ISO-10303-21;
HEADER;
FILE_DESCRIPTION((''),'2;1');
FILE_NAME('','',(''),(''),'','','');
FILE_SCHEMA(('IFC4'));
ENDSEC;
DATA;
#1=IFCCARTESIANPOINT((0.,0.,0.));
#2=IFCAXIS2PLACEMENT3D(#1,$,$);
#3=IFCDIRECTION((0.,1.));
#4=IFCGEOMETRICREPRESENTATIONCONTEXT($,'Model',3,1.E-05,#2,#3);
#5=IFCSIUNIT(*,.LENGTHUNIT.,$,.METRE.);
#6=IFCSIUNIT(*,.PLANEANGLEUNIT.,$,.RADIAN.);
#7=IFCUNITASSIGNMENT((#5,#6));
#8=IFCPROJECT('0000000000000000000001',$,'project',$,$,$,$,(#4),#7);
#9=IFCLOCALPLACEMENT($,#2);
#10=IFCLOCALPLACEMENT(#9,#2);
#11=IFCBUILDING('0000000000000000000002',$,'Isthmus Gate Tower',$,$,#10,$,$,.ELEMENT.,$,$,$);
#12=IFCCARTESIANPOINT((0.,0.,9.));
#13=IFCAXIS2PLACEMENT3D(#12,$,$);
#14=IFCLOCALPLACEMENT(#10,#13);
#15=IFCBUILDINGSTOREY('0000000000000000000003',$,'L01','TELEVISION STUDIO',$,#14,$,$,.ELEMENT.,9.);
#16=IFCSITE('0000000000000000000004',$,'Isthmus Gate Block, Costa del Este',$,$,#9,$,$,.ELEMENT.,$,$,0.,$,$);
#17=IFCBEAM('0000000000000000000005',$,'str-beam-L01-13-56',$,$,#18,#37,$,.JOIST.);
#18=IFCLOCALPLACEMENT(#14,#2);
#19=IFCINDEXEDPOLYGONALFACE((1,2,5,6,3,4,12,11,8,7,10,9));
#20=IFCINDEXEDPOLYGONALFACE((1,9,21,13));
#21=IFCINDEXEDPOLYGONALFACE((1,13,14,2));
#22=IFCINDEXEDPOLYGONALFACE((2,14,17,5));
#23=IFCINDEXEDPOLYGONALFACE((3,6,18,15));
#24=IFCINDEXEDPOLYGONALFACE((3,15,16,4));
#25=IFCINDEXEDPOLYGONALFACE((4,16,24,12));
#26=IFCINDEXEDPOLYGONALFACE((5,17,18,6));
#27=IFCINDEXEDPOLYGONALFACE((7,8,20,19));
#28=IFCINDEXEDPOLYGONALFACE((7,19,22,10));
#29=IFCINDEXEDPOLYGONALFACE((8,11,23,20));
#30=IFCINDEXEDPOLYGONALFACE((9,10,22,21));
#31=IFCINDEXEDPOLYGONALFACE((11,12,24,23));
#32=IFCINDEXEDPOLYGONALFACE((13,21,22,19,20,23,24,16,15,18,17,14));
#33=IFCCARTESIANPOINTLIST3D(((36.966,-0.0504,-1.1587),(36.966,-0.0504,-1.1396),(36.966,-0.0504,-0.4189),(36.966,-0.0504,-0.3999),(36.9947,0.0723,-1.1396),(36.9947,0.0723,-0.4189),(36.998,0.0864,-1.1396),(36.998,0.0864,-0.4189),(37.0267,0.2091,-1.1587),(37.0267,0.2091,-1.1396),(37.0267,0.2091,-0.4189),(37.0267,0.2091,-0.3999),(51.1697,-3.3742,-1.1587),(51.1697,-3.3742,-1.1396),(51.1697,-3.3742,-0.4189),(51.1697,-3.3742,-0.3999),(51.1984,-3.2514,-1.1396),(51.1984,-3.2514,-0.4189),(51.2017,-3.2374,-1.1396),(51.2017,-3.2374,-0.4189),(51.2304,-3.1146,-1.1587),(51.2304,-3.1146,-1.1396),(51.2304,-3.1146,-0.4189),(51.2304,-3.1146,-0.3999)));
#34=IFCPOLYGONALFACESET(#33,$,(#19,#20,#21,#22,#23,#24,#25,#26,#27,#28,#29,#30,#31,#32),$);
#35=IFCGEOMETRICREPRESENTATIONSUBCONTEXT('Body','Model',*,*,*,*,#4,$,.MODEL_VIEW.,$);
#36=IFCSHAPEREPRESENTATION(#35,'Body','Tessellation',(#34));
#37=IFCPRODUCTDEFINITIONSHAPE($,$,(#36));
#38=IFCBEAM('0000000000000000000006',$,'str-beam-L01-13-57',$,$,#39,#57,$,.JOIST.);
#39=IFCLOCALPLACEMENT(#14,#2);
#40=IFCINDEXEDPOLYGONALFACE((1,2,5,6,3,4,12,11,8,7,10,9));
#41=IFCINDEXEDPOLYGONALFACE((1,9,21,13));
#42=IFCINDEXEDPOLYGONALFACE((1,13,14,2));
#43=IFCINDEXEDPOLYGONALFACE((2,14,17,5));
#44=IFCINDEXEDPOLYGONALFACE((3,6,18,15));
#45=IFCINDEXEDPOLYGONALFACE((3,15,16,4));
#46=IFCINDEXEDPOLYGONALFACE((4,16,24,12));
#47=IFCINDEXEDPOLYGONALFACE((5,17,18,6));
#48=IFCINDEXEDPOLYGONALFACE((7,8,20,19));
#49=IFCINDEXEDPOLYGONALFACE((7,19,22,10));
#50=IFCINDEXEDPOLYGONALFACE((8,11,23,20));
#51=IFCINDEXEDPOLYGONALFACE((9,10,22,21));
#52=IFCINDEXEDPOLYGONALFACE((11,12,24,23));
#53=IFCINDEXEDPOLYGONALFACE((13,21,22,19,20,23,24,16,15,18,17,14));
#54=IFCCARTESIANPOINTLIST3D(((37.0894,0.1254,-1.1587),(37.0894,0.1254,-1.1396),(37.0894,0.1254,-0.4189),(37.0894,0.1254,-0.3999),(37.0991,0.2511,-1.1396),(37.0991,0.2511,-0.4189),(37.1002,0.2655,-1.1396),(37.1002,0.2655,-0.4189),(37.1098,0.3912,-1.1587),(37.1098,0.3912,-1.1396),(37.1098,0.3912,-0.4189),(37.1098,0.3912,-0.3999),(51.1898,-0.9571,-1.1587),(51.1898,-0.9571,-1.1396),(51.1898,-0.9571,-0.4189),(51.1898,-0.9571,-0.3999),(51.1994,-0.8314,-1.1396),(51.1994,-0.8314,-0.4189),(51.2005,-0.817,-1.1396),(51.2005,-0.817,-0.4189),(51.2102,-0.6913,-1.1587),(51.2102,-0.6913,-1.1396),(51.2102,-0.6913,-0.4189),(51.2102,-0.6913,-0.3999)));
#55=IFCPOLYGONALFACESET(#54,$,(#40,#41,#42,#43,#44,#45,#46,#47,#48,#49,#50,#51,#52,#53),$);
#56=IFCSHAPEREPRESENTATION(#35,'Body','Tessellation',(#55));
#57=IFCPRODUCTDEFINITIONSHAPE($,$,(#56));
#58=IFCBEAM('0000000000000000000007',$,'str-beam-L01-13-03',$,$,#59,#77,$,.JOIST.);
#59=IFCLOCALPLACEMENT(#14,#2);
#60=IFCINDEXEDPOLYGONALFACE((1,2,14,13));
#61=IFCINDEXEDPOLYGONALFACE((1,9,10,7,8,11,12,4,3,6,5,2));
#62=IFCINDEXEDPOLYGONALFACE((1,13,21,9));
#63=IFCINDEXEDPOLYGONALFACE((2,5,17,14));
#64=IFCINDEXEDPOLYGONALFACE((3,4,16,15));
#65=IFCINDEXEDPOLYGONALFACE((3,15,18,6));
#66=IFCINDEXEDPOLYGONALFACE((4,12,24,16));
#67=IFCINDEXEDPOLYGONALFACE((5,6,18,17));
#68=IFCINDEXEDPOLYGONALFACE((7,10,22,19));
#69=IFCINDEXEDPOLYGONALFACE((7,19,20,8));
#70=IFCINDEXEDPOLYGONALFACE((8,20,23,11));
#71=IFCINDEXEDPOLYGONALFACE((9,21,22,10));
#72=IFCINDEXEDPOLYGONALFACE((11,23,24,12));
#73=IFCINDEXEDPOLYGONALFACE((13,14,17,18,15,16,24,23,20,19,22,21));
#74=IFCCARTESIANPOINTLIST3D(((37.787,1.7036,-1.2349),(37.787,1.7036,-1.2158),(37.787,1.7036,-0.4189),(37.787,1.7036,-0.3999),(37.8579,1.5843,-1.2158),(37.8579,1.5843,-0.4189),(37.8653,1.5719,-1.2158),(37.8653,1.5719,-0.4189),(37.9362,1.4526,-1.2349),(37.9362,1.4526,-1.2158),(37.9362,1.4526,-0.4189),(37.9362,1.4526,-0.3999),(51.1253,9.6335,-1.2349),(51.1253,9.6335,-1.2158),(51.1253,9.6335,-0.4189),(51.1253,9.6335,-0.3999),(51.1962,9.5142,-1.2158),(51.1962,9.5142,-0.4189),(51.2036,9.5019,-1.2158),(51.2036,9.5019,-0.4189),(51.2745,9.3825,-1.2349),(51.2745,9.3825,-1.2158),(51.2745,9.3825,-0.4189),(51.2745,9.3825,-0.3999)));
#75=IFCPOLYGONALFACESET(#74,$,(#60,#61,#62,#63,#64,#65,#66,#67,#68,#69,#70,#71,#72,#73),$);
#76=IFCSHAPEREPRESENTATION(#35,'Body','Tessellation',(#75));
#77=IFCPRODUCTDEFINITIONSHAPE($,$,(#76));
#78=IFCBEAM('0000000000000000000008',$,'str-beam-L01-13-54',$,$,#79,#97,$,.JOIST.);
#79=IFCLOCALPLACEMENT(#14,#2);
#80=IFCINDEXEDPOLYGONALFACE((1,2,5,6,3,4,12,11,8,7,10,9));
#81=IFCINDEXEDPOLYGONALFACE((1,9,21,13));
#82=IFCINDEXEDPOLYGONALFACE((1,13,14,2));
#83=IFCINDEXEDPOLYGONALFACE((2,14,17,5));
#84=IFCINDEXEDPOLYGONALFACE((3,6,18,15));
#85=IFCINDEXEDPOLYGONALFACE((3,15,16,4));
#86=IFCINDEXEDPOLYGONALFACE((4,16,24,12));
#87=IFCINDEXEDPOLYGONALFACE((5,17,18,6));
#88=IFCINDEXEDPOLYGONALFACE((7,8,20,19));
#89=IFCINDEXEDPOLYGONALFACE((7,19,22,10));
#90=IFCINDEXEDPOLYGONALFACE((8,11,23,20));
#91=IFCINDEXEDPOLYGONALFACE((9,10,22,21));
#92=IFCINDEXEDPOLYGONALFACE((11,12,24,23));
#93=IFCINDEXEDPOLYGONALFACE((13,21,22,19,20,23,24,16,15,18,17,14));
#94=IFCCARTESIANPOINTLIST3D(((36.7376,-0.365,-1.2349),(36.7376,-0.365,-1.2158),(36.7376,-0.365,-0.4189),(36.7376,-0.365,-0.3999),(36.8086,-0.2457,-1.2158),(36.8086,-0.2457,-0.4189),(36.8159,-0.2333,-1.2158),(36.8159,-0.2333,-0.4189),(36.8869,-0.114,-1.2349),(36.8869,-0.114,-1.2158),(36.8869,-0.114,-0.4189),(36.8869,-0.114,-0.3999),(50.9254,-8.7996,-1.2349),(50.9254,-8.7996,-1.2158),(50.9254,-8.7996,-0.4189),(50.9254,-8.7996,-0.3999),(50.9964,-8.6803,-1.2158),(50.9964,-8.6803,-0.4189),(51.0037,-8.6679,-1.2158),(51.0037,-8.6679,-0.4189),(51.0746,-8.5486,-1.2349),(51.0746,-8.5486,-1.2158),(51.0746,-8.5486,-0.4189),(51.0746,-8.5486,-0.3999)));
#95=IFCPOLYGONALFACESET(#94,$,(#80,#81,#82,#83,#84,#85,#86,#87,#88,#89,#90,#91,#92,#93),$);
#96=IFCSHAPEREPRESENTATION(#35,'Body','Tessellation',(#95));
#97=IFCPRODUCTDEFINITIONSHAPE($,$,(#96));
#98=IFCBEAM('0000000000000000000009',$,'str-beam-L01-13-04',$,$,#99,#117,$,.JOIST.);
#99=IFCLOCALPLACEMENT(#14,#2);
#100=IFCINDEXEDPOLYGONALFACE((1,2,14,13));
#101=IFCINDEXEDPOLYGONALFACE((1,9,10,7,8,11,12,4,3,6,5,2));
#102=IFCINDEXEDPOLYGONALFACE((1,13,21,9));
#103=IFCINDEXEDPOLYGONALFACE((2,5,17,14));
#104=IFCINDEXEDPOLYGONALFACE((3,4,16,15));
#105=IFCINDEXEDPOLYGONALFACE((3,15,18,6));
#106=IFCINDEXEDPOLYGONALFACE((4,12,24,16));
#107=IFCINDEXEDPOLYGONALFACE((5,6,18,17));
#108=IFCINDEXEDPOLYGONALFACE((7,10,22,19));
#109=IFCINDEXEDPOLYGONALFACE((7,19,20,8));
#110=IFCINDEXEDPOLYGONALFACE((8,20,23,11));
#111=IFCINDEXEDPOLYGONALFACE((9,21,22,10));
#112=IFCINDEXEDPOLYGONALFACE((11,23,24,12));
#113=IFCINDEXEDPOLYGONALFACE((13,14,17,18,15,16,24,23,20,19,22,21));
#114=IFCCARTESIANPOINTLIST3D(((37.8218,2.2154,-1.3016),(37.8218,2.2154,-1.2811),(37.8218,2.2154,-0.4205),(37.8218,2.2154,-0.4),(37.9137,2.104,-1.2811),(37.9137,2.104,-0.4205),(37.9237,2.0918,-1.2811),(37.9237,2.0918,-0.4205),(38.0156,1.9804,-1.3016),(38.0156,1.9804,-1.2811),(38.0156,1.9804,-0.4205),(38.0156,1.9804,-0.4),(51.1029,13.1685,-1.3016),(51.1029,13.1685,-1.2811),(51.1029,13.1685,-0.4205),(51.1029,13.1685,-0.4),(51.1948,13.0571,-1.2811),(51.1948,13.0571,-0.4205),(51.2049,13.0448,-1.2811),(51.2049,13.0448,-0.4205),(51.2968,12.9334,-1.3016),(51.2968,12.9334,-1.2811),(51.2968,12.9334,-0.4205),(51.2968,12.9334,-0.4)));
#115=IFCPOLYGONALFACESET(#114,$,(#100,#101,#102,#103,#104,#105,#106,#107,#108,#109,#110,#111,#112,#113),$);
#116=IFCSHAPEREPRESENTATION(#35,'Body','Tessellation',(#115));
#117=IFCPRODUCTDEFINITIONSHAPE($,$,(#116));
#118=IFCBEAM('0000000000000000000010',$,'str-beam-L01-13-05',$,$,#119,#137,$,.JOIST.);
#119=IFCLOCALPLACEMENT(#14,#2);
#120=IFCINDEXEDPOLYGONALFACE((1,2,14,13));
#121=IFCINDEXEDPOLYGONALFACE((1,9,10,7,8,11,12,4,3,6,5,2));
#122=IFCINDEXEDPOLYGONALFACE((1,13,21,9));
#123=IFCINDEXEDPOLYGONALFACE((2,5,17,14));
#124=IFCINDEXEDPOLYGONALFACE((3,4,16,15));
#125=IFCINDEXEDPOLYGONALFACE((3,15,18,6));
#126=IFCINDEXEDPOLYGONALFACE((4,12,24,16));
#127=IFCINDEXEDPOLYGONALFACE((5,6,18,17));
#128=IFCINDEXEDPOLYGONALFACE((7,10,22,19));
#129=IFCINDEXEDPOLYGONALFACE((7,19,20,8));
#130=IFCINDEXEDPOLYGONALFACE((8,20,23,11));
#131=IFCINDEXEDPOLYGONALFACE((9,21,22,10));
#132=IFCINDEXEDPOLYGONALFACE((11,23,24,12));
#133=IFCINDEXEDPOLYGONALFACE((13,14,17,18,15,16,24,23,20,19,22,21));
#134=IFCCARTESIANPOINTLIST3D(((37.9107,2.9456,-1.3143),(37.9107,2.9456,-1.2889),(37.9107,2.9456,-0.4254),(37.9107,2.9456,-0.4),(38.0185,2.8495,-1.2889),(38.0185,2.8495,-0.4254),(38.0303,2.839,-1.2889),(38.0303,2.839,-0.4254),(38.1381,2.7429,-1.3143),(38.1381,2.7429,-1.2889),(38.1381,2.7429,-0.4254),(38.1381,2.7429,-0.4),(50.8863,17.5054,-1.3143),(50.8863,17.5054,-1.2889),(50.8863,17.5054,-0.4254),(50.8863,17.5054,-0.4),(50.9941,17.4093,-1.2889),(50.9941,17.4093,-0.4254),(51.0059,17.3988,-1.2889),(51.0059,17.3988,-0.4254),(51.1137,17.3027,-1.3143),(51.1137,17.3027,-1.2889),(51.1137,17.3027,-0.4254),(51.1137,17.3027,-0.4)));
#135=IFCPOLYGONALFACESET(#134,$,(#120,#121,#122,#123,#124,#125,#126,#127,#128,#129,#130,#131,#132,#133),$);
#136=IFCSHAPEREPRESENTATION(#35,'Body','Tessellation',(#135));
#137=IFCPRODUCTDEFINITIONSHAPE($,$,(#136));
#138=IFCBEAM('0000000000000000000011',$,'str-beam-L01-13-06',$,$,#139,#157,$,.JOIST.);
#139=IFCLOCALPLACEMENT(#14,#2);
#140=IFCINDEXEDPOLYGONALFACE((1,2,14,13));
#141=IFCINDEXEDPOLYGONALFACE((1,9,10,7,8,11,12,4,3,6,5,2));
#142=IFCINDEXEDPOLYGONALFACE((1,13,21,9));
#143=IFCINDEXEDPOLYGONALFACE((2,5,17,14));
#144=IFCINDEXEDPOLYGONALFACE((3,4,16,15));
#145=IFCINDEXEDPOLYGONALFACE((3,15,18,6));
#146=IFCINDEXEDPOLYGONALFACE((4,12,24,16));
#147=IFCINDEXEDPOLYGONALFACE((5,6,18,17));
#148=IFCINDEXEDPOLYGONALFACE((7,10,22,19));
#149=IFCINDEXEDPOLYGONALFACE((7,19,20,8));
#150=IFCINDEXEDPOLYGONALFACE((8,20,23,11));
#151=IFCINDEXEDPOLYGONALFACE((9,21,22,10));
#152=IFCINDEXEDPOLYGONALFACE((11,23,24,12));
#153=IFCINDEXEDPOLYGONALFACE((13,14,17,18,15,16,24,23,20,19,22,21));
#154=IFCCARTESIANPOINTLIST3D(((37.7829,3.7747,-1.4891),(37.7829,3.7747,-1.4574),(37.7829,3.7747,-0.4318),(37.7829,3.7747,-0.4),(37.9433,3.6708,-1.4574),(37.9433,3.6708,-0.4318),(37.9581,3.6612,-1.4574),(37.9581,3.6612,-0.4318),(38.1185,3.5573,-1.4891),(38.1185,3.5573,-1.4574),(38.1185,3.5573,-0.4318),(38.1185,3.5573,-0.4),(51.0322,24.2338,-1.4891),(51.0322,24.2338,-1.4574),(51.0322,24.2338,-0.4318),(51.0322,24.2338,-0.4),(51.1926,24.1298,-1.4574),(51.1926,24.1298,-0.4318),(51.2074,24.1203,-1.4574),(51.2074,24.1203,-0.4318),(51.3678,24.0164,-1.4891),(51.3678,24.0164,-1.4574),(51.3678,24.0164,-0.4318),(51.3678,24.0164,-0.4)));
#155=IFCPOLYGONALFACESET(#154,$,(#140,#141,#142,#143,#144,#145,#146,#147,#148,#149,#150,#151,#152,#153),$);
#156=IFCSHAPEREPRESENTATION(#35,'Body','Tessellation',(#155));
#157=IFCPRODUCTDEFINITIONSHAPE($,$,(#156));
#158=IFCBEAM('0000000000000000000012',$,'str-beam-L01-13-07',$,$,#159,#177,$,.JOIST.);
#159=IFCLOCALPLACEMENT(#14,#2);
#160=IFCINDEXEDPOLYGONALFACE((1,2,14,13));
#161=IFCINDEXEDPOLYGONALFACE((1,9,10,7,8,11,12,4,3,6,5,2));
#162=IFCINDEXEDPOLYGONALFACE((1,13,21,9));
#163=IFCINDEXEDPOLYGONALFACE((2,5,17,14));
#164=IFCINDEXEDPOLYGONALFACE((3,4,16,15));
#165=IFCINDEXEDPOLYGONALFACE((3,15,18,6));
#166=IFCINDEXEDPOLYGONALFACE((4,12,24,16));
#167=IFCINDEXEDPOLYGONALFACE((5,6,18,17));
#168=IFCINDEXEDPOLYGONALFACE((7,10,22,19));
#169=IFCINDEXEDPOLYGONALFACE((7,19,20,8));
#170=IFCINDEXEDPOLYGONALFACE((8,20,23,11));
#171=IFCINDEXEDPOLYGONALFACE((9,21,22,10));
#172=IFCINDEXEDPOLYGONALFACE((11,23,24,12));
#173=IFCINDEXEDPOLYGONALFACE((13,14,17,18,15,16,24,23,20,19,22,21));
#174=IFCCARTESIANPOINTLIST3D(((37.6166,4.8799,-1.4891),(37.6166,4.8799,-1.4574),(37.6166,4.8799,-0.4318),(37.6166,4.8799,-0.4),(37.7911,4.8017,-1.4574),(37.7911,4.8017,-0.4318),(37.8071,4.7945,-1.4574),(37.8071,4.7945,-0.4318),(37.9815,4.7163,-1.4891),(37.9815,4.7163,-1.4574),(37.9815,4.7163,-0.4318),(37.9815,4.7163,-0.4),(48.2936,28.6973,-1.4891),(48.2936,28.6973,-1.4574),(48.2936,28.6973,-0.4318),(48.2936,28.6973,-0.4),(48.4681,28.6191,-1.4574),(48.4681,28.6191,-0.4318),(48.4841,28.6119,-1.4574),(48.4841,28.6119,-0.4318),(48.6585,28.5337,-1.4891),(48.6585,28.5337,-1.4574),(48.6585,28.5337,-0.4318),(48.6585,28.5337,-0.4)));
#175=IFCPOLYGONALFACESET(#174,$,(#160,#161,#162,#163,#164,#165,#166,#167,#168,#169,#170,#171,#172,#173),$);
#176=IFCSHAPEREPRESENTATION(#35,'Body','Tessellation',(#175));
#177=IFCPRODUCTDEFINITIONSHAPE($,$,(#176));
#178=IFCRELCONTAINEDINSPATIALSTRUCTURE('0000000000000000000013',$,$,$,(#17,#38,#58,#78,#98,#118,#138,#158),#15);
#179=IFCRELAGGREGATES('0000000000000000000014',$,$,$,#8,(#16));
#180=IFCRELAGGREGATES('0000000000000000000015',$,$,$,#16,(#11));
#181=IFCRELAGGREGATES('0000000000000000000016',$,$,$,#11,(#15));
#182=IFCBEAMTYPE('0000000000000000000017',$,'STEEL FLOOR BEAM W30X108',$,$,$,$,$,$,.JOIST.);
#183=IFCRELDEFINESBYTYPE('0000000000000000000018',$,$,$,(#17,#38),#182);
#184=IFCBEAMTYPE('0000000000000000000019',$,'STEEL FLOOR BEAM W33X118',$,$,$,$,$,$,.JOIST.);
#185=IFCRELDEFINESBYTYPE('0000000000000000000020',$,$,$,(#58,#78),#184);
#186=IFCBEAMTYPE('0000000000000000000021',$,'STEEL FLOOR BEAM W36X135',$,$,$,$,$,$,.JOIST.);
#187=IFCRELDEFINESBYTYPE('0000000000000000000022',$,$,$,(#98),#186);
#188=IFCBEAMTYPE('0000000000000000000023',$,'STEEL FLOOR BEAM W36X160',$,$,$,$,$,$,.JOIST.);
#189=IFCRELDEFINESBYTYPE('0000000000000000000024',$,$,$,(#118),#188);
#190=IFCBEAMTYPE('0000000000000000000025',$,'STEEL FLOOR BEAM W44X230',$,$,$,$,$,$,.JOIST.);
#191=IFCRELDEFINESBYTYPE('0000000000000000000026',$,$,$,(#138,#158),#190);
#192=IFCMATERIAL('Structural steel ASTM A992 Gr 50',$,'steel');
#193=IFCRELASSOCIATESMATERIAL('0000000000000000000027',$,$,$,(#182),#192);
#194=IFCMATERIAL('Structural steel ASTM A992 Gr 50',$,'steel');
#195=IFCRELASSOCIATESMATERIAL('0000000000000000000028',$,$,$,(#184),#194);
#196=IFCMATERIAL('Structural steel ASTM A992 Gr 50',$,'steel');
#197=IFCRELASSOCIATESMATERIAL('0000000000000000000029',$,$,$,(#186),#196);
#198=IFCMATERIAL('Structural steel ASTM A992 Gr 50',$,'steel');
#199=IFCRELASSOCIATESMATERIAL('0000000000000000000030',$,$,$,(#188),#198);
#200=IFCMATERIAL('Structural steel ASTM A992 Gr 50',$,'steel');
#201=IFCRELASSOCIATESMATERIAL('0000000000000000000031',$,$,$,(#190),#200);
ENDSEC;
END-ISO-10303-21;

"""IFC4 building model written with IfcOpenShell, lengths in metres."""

from ifc_helpers import new_model, si_unit, direction, frame, origin, origin_2d, place, context, subcontext, project, spatial, i_section, extrude, material, material_profile, profile_set, type_object, element, save


model = new_model("IFC4")

# Units and contexts
model_context = context("Model", 3, precision=1e-05, world=origin(), true_north=direction((0.0, 1.0)))
body_context = subcontext(model_context, "Body", "Model", "MODEL_VIEW")
ifc_project = project(units=[si_unit("LENGTHUNIT", "METRE"), si_unit("PLANEANGLEUNIT", "RADIAN")], contexts=[model_context])

# Site, building, storey
site_placement = place(None, origin())
site = spatial("IfcSite", under=ifc_project, at=site_placement, Name="Isthmus Gate Block, Costa del Este", CompositionType="ELEMENT", RefElevation=0.0)
building_placement = place(site_placement, origin())
building = spatial("IfcBuilding", under=site, at=building_placement, Name="Isthmus Gate Tower", CompositionType="ELEMENT")
storey_placement = place(building_placement, frame((0.0, 0.0, 9.0)))
storey = spatial("IfcBuildingStorey", under=building, at=storey_placement, Name="L01", Description="TELEVISION STUDIO", CompositionType="ELEMENT", Elevation=9.0)

# Beams
ifc_material_1 = material(Name="Structural steel ASTM A992 Gr 50", Category="steel")
ifc_material_profile_1 = material_profile(ifc_material_1, i_section(OverallWidth=0.2666, OverallDepth=0.7588, WebThickness=0.0144, FlangeThickness=0.019, at=origin_2d()), Name="W30X108")
ifc_profile_set_1 = profile_set([ifc_material_profile_1], Name="Structural steel ASTM A992 Gr 50")
beam_type_1 = type_object("IfcBeamType", Name="STEEL FLOOR BEAM W30X108", PredefinedType="JOIST", material=ifc_profile_set_1)
beam_1_placement = place(storey_placement, frame((36.9963, 0.0793, -0.7793), z_axis=(0.973696, -0.227851, 0.0), x_axis=(0.227851, 0.973696, 0.0)))
element("IfcBeam", 1, at=beam_1_placement, inside=storey, type_object=beam_type_1, Name="str-beam-L01-13-56", PredefinedType="JOIST", context=body_context, shape_type="SweptSolid", body=[
    extrude(i_section(OverallWidth=0.2666, OverallDepth=0.7588, WebThickness=0.0144, FlangeThickness=0.019, at=origin_2d()), origin(), (0.0, 0.0, 1.0), 14.5874),
])
beam_2_placement = place(storey_placement, frame((37.0996, 0.2583, -0.7793), z_axis=(0.997066, -0.076547, 0.0), x_axis=(0.076547, 0.997066, 0.0)))
element("IfcBeam", 2, at=beam_2_placement, inside=storey, type_object=beam_type_1, Name="str-beam-L01-13-57", PredefinedType="JOIST", context=body_context, shape_type="SweptSolid", body=[
    extrude(i_section(OverallWidth=0.2666, OverallDepth=0.7588, WebThickness=0.0144, FlangeThickness=0.019, at=origin_2d()), origin(), (0.0, 0.0, 1.0), 14.1418),
])
ifc_material_2 = material(Name="Structural steel ASTM A992 Gr 50", Category="steel")
ifc_material_profile_2 = material_profile(ifc_material_2, i_section(OverallWidth=0.292, OverallDepth=0.835, WebThickness=0.0144, FlangeThickness=0.019, at=origin_2d()), Name="W33X118")
ifc_profile_set_2 = profile_set([ifc_material_profile_2], Name="Structural steel ASTM A992 Gr 50")
beam_type_2 = type_object("IfcBeamType", Name="STEEL FLOOR BEAM W33X118", PredefinedType="JOIST", material=ifc_profile_set_2)
beam_3_placement = place(storey_placement, frame((37.8616, 1.5781, -0.8174), z_axis=(0.859564, 0.511028, 0.0), x_axis=(-0.511028, 0.859564, 0.0)))
element("IfcBeam", 3, at=beam_3_placement, inside=storey, type_object=beam_type_2, Name="str-beam-L01-13-03", PredefinedType="JOIST", context=body_context, shape_type="SweptSolid", body=[
    extrude(i_section(OverallWidth=0.292, OverallDepth=0.835, WebThickness=0.0144, FlangeThickness=0.019, at=origin_2d()), origin(), (0.0, 0.0, 1.0), 15.5176),
])
beam_4_placement = place(storey_placement, frame((36.8123, -0.2395, -0.8174), z_axis=(0.859573, -0.511013, 0.0), x_axis=(0.511013, 0.859573, 0.0)))
element("IfcBeam", 4, at=beam_4_placement, inside=storey, type_object=beam_type_2, Name="str-beam-L01-13-54", PredefinedType="JOIST", context=body_context, shape_type="SweptSolid", body=[
    extrude(i_section(OverallWidth=0.292, OverallDepth=0.835, WebThickness=0.0144, FlangeThickness=0.019, at=origin_2d()), origin(), (0.0, 0.0, 1.0), 16.5056),
])
ifc_material_3 = material(Name="Structural steel ASTM A992 Gr 50", Category="steel")
ifc_material_profile_3 = material_profile(ifc_material_3, i_section(OverallWidth=0.3047, OverallDepth=0.9016, WebThickness=0.0159, FlangeThickness=0.0205, at=origin_2d()), Name="W36X135")
ifc_profile_set_3 = profile_set([ifc_material_profile_3], Name="Structural steel ASTM A992 Gr 50")
beam_type_3 = type_object("IfcBeamType", Name="STEEL FLOOR BEAM W36X135", PredefinedType="JOIST", material=ifc_profile_set_3)
beam_5_placement = place(storey_placement, frame((37.9187, 2.0979, -0.8508), z_axis=(0.771485, 0.636248, 0.0), x_axis=(-0.636248, 0.771485, 0.0)))
element("IfcBeam", 5, at=beam_5_placement, inside=storey, type_object=beam_type_3, Name="str-beam-L01-13-04", PredefinedType="JOIST", context=body_context, shape_type="SweptSolid", body=[
    extrude(i_section(OverallWidth=0.3047, OverallDepth=0.9016, WebThickness=0.0159, FlangeThickness=0.0205, at=origin_2d()), origin(), (0.0, 0.0, 1.0), 17.2151),
])
ifc_material_4 = material(Name="Structural steel ASTM A992 Gr 50", Category="steel")
ifc_material_profile_4 = material_profile(ifc_material_4, i_section(OverallWidth=0.3047, OverallDepth=0.9143, WebThickness=0.0159, FlangeThickness=0.0254, at=origin_2d()), Name="W36X160")
ifc_profile_set_4 = profile_set([ifc_material_profile_4], Name="Structural steel ASTM A992 Gr 50")
beam_type_4 = type_object("IfcBeamType", Name="STEEL FLOOR BEAM W36X160", PredefinedType="JOIST", material=ifc_profile_set_4)
beam_6_placement = place(storey_placement, frame((38.0244, 2.8442, -0.8572), z_axis=(0.665324, 0.746555, 0.0), x_axis=(-0.746555, 0.665324, 0.0)))
element("IfcBeam", 6, at=beam_6_placement, inside=storey, type_object=beam_type_4, Name="str-beam-L01-13-05", PredefinedType="JOIST", context=body_context, shape_type="SweptSolid", body=[
    extrude(i_section(OverallWidth=0.3047, OverallDepth=0.9143, WebThickness=0.0159, FlangeThickness=0.0254, at=origin_2d()), origin(), (0.0, 0.0, 1.0), 19.5027),
])
ifc_material_5 = material(Name="Structural steel ASTM A992 Gr 50", Category="steel")
ifc_material_profile_5 = material_profile(ifc_material_5, i_section(OverallWidth=0.3999, OverallDepth=1.0891, WebThickness=0.0176, FlangeThickness=0.0317, at=origin_2d()), Name="W44X230")
ifc_profile_set_5 = profile_set([ifc_material_profile_5], Name="Structural steel ASTM A992 Gr 50")
beam_type_5 = type_object("IfcBeamType", Name="STEEL FLOOR BEAM W44X230", PredefinedType="JOIST", material=ifc_profile_set_5)
beam_7_placement = place(storey_placement, frame((37.9507, 3.666, -0.9446), z_axis=(0.543572, 0.839362, 0.0), x_axis=(-0.839362, 0.543572, 0.0)))
element("IfcBeam", 7, at=beam_7_placement, inside=storey, type_object=beam_type_5, Name="str-beam-L01-13-06", PredefinedType="JOIST", context=body_context, shape_type="SweptSolid", body=[
    extrude(i_section(OverallWidth=0.3999, OverallDepth=1.0891, WebThickness=0.0176, FlangeThickness=0.0317, at=origin_2d()), origin(), (0.0, 0.0, 1.0), 24.3745),
])
beam_8_placement = place(storey_placement, frame((37.7991, 4.7981, -0.9446), z_axis=(0.409064, 0.912506, 0.0), x_axis=(-0.912506, 0.409064, 0.0)))
element("IfcBeam", 8, at=beam_8_placement, inside=storey, type_object=beam_type_5, Name="str-beam-L01-13-07", PredefinedType="JOIST", context=body_context, shape_type="SweptSolid", body=[
    extrude(i_section(OverallWidth=0.3999, OverallDepth=1.0891, WebThickness=0.0176, FlangeThickness=0.0317, at=origin_2d()), origin(), (0.0, 0.0, 1.0), 26.1011),
])

save(model, "model.ifc")
